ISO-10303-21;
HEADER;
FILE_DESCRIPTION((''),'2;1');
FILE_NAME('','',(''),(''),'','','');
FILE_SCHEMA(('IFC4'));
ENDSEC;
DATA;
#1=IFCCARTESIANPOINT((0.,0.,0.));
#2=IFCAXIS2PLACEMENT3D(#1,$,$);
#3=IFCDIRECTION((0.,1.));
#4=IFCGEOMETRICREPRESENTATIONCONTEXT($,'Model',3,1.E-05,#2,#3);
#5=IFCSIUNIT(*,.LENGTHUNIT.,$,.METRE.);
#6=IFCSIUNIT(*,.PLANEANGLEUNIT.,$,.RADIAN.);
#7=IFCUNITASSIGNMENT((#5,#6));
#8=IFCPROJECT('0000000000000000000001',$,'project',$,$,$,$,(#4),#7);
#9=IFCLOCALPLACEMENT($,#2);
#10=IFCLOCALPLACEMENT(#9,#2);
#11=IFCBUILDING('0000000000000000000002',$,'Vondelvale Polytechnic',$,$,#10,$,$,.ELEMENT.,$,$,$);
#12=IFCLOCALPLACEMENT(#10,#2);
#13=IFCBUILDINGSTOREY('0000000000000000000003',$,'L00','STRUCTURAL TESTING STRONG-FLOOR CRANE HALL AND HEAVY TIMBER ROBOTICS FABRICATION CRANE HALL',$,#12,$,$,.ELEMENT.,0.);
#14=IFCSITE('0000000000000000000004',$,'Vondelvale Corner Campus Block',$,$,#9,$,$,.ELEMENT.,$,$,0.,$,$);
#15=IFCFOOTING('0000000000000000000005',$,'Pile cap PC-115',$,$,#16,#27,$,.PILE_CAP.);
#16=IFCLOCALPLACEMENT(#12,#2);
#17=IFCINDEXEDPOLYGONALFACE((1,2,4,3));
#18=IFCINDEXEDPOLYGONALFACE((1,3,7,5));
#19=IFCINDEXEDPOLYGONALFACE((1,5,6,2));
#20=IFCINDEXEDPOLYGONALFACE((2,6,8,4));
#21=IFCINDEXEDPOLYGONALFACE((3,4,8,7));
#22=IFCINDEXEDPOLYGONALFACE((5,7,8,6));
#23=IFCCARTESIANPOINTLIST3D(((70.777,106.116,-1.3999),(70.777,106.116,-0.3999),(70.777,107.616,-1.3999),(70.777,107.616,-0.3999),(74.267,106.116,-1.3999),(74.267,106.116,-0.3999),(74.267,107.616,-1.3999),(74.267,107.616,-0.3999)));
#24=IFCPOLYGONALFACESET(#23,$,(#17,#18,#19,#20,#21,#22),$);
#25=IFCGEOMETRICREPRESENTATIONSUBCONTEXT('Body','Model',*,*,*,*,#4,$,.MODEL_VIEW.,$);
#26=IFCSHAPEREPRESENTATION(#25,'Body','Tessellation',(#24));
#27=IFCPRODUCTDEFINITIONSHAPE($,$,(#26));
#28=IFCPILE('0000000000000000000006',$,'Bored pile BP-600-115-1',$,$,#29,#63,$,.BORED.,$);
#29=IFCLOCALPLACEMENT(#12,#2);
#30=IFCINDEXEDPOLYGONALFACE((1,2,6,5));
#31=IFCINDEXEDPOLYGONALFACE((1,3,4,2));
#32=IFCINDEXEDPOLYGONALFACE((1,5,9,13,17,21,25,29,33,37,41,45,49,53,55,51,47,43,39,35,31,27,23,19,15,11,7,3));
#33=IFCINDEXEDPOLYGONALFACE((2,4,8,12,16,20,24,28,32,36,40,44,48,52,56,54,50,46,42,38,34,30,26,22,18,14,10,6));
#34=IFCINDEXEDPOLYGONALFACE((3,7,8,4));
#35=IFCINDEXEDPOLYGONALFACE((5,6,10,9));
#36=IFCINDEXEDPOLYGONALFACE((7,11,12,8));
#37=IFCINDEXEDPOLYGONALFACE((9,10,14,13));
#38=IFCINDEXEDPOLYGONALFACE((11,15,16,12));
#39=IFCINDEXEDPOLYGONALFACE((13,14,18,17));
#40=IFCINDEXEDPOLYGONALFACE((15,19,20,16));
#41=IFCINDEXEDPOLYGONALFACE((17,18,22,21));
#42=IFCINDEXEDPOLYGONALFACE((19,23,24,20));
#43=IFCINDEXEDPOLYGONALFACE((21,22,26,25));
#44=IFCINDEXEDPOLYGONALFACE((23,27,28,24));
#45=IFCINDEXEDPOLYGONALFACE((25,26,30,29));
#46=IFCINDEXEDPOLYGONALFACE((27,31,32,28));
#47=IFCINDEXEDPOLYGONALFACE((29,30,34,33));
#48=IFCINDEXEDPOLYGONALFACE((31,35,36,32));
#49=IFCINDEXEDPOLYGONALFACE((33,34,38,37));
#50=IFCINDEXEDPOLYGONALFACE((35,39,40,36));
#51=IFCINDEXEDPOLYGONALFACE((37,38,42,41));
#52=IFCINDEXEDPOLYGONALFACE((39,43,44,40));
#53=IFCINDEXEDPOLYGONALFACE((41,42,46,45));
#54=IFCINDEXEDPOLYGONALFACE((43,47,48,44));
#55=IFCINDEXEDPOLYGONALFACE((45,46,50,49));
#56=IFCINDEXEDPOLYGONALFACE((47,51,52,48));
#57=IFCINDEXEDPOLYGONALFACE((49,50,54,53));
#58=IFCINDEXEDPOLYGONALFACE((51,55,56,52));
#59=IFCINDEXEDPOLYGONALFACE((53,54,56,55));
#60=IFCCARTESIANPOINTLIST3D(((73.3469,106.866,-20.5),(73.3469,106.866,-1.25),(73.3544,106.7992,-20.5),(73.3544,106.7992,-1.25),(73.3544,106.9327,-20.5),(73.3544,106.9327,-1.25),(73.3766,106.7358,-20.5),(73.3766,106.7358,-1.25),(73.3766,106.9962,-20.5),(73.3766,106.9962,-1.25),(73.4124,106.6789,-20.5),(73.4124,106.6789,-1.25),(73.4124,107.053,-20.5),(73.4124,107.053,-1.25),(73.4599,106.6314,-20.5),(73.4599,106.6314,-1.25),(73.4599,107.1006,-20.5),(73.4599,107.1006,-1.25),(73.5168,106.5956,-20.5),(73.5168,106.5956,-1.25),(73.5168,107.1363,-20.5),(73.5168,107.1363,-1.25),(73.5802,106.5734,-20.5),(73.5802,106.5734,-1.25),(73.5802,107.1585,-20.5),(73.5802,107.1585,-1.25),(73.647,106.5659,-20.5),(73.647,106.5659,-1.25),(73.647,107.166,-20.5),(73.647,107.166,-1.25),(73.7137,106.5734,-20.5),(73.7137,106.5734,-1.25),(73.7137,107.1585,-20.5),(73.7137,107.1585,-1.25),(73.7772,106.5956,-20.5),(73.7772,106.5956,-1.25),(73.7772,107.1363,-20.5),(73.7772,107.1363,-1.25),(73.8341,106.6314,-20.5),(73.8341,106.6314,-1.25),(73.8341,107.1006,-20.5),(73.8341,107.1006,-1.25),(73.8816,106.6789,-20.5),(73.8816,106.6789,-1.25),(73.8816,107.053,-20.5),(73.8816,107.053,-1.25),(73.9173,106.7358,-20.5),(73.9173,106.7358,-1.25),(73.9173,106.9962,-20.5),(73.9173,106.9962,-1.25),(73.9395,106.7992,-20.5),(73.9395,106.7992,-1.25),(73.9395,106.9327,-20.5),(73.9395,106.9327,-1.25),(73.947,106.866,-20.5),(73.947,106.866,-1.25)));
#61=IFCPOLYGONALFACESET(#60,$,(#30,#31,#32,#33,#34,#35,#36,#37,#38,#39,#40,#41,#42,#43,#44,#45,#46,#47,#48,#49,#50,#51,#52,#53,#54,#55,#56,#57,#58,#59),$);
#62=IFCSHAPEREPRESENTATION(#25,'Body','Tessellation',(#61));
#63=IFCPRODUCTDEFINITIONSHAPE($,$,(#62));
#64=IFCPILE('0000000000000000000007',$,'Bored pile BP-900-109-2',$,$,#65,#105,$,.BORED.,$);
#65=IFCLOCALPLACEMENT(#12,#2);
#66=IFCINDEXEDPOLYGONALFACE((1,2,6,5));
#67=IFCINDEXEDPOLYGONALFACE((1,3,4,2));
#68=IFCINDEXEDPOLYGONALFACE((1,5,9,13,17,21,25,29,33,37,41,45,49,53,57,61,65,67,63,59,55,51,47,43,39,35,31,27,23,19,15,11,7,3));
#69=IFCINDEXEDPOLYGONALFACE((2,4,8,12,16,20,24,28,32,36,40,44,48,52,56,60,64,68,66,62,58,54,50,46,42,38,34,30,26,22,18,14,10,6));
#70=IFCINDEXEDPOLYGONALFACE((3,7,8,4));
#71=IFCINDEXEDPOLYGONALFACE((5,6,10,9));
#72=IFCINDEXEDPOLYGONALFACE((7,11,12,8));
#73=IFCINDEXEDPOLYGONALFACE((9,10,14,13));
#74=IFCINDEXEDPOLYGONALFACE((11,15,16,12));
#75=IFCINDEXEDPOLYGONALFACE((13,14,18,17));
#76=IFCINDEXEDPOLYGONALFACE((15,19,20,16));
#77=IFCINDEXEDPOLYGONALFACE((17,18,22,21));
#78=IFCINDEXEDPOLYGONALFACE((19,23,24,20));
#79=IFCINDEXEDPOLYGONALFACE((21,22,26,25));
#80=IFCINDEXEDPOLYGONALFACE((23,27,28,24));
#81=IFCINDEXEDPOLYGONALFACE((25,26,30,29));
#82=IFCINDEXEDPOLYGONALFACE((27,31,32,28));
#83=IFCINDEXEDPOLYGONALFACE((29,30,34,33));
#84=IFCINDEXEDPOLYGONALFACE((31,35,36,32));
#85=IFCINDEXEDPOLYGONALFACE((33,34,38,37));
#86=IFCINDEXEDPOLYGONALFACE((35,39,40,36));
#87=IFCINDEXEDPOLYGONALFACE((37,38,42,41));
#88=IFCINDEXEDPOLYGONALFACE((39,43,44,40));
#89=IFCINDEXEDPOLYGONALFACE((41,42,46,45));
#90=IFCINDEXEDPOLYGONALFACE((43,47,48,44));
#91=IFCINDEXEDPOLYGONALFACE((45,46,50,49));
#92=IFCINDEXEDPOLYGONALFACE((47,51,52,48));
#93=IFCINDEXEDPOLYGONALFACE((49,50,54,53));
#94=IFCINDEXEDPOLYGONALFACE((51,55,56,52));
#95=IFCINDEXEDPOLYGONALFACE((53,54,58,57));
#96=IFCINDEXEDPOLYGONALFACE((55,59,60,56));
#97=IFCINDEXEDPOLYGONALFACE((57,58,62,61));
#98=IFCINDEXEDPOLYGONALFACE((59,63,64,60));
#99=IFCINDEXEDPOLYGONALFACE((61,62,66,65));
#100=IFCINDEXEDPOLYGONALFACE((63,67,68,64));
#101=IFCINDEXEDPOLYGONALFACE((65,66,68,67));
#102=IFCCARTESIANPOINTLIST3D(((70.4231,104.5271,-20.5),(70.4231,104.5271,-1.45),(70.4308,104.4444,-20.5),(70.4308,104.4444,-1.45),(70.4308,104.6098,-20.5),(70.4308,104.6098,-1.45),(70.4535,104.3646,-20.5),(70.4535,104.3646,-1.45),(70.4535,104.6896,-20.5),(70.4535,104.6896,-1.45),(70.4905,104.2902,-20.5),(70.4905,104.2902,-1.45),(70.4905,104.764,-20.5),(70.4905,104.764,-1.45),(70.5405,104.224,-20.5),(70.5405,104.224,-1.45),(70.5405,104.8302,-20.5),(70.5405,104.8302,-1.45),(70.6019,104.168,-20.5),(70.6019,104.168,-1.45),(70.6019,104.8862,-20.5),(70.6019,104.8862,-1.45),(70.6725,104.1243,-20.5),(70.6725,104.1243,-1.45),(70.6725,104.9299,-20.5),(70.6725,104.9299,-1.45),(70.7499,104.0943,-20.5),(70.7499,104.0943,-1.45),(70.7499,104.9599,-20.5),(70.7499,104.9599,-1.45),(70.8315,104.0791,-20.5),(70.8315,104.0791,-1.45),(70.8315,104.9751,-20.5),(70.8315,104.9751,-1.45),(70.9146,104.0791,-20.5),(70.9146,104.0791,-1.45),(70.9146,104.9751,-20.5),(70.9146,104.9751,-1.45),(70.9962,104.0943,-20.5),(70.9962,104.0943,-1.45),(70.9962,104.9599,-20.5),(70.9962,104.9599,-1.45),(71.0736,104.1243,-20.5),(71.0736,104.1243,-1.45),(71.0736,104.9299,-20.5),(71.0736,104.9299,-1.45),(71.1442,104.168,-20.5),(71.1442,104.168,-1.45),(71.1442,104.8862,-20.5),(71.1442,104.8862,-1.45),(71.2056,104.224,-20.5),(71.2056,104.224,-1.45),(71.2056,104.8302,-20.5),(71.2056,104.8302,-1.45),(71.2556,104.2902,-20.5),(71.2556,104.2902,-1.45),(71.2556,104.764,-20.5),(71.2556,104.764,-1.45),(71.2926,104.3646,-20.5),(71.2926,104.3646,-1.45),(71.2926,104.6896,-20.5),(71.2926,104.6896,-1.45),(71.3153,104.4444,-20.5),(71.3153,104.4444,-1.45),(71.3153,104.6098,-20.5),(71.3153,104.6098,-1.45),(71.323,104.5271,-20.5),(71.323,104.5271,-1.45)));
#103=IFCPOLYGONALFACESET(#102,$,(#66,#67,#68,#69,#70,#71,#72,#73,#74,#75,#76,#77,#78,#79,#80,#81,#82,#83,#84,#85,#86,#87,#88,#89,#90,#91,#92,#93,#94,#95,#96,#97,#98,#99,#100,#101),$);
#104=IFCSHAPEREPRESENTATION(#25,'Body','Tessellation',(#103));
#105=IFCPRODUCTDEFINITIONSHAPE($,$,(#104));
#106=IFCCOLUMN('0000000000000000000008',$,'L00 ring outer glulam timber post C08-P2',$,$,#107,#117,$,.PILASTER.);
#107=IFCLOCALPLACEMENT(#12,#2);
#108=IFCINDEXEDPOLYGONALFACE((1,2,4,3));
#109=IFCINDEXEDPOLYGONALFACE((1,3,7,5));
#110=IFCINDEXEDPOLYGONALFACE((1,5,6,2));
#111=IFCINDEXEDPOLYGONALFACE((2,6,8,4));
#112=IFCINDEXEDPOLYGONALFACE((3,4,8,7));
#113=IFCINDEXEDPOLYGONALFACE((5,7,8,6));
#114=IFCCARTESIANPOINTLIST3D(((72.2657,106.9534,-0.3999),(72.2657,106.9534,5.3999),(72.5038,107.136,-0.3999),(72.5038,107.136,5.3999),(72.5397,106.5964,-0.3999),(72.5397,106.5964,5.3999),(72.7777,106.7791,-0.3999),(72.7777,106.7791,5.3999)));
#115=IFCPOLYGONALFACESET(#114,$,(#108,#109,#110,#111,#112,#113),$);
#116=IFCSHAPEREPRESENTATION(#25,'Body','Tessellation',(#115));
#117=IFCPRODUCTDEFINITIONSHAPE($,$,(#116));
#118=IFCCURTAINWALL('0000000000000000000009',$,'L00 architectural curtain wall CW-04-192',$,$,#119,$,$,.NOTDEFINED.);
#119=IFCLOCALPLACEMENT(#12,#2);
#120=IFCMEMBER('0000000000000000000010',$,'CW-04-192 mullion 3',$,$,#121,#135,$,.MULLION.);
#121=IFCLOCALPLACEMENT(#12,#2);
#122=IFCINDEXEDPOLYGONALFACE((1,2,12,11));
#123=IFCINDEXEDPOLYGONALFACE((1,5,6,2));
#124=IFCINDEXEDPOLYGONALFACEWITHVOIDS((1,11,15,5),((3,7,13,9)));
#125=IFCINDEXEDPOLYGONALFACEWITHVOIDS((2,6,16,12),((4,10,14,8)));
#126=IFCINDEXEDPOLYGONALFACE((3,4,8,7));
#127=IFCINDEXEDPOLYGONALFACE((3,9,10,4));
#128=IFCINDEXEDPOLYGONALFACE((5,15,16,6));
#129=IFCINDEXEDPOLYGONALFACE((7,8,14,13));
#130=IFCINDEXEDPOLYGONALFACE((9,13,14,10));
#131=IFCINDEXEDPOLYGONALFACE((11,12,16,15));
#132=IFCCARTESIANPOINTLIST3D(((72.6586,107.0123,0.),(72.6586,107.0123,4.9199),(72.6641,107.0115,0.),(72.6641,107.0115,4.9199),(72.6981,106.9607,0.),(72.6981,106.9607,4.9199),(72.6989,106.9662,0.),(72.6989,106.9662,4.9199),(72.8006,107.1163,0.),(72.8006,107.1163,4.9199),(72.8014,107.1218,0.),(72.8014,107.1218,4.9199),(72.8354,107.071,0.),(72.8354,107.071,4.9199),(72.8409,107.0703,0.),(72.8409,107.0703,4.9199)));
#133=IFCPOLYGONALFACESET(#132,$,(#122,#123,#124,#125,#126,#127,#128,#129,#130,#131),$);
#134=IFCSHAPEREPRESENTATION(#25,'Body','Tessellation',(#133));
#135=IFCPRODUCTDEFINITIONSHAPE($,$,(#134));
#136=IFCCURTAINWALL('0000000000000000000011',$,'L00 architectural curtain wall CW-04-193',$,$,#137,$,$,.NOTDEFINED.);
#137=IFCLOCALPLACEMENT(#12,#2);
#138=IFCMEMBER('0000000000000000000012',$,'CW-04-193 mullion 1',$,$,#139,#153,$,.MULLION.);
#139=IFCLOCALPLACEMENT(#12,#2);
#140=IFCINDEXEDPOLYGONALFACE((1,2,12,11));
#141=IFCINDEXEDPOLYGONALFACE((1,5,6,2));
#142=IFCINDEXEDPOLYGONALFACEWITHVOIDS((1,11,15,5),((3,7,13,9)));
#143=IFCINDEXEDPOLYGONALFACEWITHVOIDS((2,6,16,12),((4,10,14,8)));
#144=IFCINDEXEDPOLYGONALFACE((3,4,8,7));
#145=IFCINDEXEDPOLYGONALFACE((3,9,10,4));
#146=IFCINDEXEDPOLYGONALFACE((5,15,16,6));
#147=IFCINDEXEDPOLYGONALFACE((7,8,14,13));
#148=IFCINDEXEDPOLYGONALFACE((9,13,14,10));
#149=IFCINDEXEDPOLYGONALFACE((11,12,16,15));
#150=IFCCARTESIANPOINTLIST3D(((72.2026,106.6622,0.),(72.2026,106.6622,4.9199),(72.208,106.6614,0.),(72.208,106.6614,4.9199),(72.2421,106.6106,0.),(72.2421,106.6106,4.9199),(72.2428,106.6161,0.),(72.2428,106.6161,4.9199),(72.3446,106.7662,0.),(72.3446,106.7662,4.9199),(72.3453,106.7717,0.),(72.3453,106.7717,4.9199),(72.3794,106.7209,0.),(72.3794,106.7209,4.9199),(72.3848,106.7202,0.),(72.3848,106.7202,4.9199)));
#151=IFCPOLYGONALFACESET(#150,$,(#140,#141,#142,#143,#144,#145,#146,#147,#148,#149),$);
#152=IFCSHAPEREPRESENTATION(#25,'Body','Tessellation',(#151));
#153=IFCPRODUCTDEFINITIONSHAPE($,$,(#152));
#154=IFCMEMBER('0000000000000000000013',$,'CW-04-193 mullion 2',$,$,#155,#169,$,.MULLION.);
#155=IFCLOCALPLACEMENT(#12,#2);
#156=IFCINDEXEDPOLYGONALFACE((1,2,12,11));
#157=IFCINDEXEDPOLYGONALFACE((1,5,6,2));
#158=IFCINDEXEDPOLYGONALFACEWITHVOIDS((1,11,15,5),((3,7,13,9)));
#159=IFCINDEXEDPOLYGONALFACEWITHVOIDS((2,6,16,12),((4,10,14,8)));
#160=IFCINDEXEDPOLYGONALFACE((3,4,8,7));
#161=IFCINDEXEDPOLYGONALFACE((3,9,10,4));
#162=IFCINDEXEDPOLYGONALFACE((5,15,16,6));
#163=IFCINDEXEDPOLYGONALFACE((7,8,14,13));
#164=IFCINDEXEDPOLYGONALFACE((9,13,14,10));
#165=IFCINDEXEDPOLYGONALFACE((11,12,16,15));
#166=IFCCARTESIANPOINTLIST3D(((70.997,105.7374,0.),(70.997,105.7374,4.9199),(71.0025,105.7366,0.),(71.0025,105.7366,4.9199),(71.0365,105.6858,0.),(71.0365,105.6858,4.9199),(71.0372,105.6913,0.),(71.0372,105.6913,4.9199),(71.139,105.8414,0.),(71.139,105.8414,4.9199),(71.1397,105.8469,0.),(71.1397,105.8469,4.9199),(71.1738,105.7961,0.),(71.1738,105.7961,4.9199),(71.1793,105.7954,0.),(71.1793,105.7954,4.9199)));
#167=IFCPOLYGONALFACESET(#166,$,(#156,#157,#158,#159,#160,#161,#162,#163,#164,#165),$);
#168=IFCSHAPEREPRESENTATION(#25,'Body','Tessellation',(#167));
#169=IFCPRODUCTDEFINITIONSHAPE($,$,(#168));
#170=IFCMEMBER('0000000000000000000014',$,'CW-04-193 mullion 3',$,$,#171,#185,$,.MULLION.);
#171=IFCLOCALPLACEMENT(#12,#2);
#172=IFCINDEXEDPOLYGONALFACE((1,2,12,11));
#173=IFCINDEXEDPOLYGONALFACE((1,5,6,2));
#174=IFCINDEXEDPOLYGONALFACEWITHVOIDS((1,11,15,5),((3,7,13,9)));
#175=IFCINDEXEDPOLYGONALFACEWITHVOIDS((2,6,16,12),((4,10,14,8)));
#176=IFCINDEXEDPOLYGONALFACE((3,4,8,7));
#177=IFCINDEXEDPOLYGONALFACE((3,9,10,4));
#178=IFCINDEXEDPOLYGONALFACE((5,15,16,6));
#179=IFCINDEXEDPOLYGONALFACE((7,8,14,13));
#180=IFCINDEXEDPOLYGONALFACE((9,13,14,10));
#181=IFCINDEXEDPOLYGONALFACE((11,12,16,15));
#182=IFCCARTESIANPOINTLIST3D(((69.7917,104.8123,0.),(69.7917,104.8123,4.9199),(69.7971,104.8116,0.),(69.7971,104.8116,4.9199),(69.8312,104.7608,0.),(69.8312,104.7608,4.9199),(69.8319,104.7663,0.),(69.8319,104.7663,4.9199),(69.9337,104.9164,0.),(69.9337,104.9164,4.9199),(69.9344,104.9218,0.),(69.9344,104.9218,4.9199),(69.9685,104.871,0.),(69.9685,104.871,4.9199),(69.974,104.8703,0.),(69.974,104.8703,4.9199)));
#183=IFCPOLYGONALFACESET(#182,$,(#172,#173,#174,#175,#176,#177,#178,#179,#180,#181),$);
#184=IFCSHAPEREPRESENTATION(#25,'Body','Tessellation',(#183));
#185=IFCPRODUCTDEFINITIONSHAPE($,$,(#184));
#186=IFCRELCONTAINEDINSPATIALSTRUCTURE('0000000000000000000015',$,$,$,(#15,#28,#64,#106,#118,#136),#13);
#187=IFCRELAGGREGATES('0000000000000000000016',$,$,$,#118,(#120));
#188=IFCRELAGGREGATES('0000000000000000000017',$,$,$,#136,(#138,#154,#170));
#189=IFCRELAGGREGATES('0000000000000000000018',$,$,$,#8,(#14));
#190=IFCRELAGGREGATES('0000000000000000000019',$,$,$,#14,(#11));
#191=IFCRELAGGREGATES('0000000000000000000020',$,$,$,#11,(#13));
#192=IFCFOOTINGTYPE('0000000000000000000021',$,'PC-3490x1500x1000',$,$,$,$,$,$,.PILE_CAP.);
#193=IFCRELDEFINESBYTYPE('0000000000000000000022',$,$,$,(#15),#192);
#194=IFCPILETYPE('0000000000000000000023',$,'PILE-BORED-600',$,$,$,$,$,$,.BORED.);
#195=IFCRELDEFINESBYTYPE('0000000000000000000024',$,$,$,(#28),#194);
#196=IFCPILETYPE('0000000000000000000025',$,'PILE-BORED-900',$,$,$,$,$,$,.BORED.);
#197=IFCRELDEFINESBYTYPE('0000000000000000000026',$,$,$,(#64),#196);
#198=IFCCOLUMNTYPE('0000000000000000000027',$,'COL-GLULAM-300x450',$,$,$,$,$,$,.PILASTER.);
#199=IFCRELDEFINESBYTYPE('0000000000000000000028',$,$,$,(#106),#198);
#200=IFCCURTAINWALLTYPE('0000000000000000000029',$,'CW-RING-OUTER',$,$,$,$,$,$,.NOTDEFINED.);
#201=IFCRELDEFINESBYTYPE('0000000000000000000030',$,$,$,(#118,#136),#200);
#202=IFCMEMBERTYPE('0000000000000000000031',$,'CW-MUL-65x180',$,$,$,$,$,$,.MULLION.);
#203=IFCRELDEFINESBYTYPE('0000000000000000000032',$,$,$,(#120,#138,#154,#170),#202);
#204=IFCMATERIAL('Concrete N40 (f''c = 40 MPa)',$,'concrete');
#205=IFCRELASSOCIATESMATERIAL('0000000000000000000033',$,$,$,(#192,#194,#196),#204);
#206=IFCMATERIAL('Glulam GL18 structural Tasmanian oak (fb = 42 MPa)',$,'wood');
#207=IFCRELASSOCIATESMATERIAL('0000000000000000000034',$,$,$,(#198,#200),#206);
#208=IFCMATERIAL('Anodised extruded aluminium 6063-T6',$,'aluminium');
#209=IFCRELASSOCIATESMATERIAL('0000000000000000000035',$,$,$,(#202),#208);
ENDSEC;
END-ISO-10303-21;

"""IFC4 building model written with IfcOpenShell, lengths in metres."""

from ifc_helpers import new_model, si_unit, direction, frame, origin, origin_2d, place, context, subcontext, project, spatial, rectangle, hollow_rectangle, circle, extrude, material, material_profile, profile_set, type_object, element, aggregate, save


model = new_model("IFC4")

# Units and contexts
model_context = context("Model", 3, precision=1e-05, world=origin(), true_north=direction((0.0, 1.0)))
body_context = subcontext(model_context, "Body", "Model", "MODEL_VIEW")
ifc_project = project(units=[si_unit("LENGTHUNIT", "METRE"), si_unit("PLANEANGLEUNIT", "RADIAN")], contexts=[model_context])

# Site, building, storey
site_placement = place(None, origin())
site = spatial("IfcSite", under=ifc_project, at=site_placement, Name="Vondelvale Corner Campus Block", CompositionType="ELEMENT", RefElevation=0.0)
building_placement = place(site_placement, origin())
building = spatial("IfcBuilding", under=site, at=building_placement, Name="Vondelvale Polytechnic", CompositionType="ELEMENT")
storey_placement = place(building_placement, origin())
storey = spatial("IfcBuildingStorey", under=building, at=storey_placement, Name="L00", Description="STRUCTURAL TESTING STRONG-FLOOR CRANE HALL AND HEAVY TIMBER ROBOTICS FABRICATION CRANE HALL", CompositionType="ELEMENT", Elevation=0.0)

# Footing
ifc_material_1 = material(Name="Concrete N40 (f'c = 40 MPa)", Category="concrete")
footing_type = type_object("IfcFootingType", Name="PC-3490x1500x1000", PredefinedType="PILE_CAP", material=ifc_material_1)
footing_placement = place(storey_placement, frame((72.522, 106.866, -1.3999), z_axis=(0.0, 0.0, 1.0), x_axis=(1.0, 0.0, 0.0)))
element("IfcFooting", 1, at=footing_placement, inside=storey, type_object=footing_type, Name="Pile cap PC-115", PredefinedType="PILE_CAP", context=body_context, shape_type="SweptSolid", body=[
    extrude(rectangle(XDim=3.49, YDim=1.5, at=origin_2d()), origin(), (0.0, 0.0, 1.0), 1.0),
])

# Piles
ifc_material_profile_1 = material_profile(ifc_material_1, circle(Radius=0.3, at=origin_2d()), Name="PILE-D600")
ifc_profile_set_1 = profile_set([ifc_material_profile_1], Name="Concrete N40 (f'c = 40 MPa)")
pile_type_1 = type_object("IfcPileType", Name="PILE-BORED-600", PredefinedType="BORED", material=ifc_profile_set_1)
pile_1_placement = place(storey_placement, frame((73.647, 106.866, -1.25), z_axis=(0.0, 0.0, -1.0), x_axis=(1.0, 0.0, 0.0)))
element("IfcPile", 2, at=pile_1_placement, inside=storey, type_object=pile_type_1, Name="Bored pile BP-600-115-1", PredefinedType="BORED", context=body_context, shape_type="SweptSolid", body=[
    extrude(circle(Radius=0.3, at=origin_2d()), origin(), (0.0, 0.0, 1.0), 19.25),
])
ifc_material_profile_2 = material_profile(ifc_material_1, circle(Radius=0.45, at=origin_2d()), Name="PILE-D900")
ifc_profile_set_2 = profile_set([ifc_material_profile_2], Name="Concrete N40 (f'c = 40 MPa)")
pile_type_2 = type_object("IfcPileType", Name="PILE-BORED-900", PredefinedType="BORED", material=ifc_profile_set_2)
pile_2_placement = place(storey_placement, frame((70.873, 104.5271, -1.45), z_axis=(0.0, 0.0, -1.0), x_axis=(1.0, 0.0, 0.0)))
element("IfcPile", 3, at=pile_2_placement, inside=storey, type_object=pile_type_2, Name="Bored pile BP-900-109-2", PredefinedType="BORED", context=body_context, shape_type="SweptSolid", body=[
    extrude(circle(Radius=0.45, at=origin_2d()), origin(), (0.0, 0.0, 1.0), 19.05),
])

# Column
ifc_material_2 = material(Name="Glulam GL18 structural Tasmanian oak (fb = 42 MPa)", Category="wood")
ifc_material_profile_3 = material_profile(ifc_material_2, rectangle(XDim=0.3, YDim=0.45, at=origin_2d()), Name="GL-POST-300x450")
ifc_profile_set_3 = profile_set([ifc_material_profile_3], Name="Glulam GL18 structural Tasmanian oak (fb = 42 MPa)")
column_type = type_object("IfcColumnType", Name="COL-GLULAM-300x450", PredefinedType="PILASTER", material=ifc_profile_set_3)
column_placement = place(storey_placement, frame((72.5217, 106.8662, -0.3999), z_axis=(0.0, 0.0, 1.0), x_axis=(0.793353, 0.608761, 0.0)))
element("IfcColumn", 4, at=column_placement, inside=storey, type_object=column_type, Name="L00 ring outer glulam timber post C08-P2", PredefinedType="PILASTER", context=body_context, shape_type="SweptSolid", body=[
    extrude(rectangle(XDim=0.3, YDim=0.45, at=origin_2d()), origin(), (0.0, 0.0, 1.0), 5.7998),
])

# Curtain wall, member
curtain_wall_type = type_object("IfcCurtainWallType", Name="CW-RING-OUTER", PredefinedType="NOTDEFINED", material=ifc_material_2)
curtain_wall_1_placement = place(storey_placement, origin())
curtain_wall_1 = element("IfcCurtainWall", 5, at=curtain_wall_1_placement, inside=storey, type_object=curtain_wall_type, Name="L00 architectural curtain wall CW-04-192", PredefinedType="NOTDEFINED")
ifc_material_3 = material(Name="Anodised extruded aluminium 6063-T6", Category="aluminium")
ifc_material_profile_4 = material_profile(ifc_material_3, hollow_rectangle(XDim=0.0649, YDim=0.1799, WallThickness=0.0039, at=origin_2d()), Name="CW-MUL-180x65")
ifc_profile_set_4 = profile_set([ifc_material_profile_4], Name="Anodised extruded aluminium 6063-T6")
member_type_1 = type_object("IfcMemberType", Name="CW-MUL-65x180", PredefinedType="MULLION", material=ifc_profile_set_4)
member_1_placement = place(storey_placement, frame((72.7498, 107.0413, 0.0), z_axis=(0.0, 0.0, 1.0), x_axis=(0.608771, -0.793346, 0.0)))
member_1 = element("IfcMember", 6, at=member_1_placement, type_object=member_type_1, Name="CW-04-192 mullion 3", PredefinedType="MULLION", context=body_context, shape_type="SweptSolid", body=[
    extrude(hollow_rectangle(XDim=0.0649, YDim=0.1799, WallThickness=0.0039, at=origin_2d()), origin(), (0.0, 0.0, 1.0), 4.9199),
])

# Curtain wall, members
curtain_wall_2_placement = place(storey_placement, origin())
curtain_wall_2 = element("IfcCurtainWall", 7, at=curtain_wall_2_placement, inside=storey, type_object=curtain_wall_type, Name="L00 architectural curtain wall CW-04-193", PredefinedType="NOTDEFINED")
member_2_placement = place(storey_placement, frame((72.2937, 106.6912, 0.0), z_axis=(0.0, 0.0, 1.0), x_axis=(0.608764, -0.793352, 0.0)))
member_2 = element("IfcMember", 8, at=member_2_placement, type_object=member_type_1, Name="CW-04-193 mullion 1", PredefinedType="MULLION", context=body_context, shape_type="SweptSolid", body=[
    extrude(hollow_rectangle(XDim=0.0649, YDim=0.1799, WallThickness=0.0039, at=origin_2d()), origin(), (0.0, 0.0, 1.0), 4.9199),
])
member_3_placement = place(storey_placement, frame((71.0881, 105.7664, 0.0), z_axis=(0.0, 0.0, 1.0), x_axis=(0.608764, -0.793352, 0.0)))
member_3 = element("IfcMember", 9, at=member_3_placement, type_object=member_type_1, Name="CW-04-193 mullion 2", PredefinedType="MULLION", context=body_context, shape_type="SweptSolid", body=[
    extrude(hollow_rectangle(XDim=0.0649, YDim=0.1799, WallThickness=0.0039, at=origin_2d()), origin(), (0.0, 0.0, 1.0), 4.9199),
])
member_4_placement = place(storey_placement, frame((69.8828, 104.8413, 0.0), z_axis=(0.0, 0.0, 1.0), x_axis=(0.608764, -0.793352, 0.0)))
member_4 = element("IfcMember", 10, at=member_4_placement, type_object=member_type_1, Name="CW-04-193 mullion 3", PredefinedType="MULLION", context=body_context, shape_type="SweptSolid", body=[
    extrude(hollow_rectangle(XDim=0.0649, YDim=0.1799, WallThickness=0.0039, at=origin_2d()), origin(), (0.0, 0.0, 1.0), 4.9199),
])

aggregate(curtain_wall_1, [member_1])
aggregate(curtain_wall_2, [member_2, member_3, member_4])

save(model, "model.ifc")
